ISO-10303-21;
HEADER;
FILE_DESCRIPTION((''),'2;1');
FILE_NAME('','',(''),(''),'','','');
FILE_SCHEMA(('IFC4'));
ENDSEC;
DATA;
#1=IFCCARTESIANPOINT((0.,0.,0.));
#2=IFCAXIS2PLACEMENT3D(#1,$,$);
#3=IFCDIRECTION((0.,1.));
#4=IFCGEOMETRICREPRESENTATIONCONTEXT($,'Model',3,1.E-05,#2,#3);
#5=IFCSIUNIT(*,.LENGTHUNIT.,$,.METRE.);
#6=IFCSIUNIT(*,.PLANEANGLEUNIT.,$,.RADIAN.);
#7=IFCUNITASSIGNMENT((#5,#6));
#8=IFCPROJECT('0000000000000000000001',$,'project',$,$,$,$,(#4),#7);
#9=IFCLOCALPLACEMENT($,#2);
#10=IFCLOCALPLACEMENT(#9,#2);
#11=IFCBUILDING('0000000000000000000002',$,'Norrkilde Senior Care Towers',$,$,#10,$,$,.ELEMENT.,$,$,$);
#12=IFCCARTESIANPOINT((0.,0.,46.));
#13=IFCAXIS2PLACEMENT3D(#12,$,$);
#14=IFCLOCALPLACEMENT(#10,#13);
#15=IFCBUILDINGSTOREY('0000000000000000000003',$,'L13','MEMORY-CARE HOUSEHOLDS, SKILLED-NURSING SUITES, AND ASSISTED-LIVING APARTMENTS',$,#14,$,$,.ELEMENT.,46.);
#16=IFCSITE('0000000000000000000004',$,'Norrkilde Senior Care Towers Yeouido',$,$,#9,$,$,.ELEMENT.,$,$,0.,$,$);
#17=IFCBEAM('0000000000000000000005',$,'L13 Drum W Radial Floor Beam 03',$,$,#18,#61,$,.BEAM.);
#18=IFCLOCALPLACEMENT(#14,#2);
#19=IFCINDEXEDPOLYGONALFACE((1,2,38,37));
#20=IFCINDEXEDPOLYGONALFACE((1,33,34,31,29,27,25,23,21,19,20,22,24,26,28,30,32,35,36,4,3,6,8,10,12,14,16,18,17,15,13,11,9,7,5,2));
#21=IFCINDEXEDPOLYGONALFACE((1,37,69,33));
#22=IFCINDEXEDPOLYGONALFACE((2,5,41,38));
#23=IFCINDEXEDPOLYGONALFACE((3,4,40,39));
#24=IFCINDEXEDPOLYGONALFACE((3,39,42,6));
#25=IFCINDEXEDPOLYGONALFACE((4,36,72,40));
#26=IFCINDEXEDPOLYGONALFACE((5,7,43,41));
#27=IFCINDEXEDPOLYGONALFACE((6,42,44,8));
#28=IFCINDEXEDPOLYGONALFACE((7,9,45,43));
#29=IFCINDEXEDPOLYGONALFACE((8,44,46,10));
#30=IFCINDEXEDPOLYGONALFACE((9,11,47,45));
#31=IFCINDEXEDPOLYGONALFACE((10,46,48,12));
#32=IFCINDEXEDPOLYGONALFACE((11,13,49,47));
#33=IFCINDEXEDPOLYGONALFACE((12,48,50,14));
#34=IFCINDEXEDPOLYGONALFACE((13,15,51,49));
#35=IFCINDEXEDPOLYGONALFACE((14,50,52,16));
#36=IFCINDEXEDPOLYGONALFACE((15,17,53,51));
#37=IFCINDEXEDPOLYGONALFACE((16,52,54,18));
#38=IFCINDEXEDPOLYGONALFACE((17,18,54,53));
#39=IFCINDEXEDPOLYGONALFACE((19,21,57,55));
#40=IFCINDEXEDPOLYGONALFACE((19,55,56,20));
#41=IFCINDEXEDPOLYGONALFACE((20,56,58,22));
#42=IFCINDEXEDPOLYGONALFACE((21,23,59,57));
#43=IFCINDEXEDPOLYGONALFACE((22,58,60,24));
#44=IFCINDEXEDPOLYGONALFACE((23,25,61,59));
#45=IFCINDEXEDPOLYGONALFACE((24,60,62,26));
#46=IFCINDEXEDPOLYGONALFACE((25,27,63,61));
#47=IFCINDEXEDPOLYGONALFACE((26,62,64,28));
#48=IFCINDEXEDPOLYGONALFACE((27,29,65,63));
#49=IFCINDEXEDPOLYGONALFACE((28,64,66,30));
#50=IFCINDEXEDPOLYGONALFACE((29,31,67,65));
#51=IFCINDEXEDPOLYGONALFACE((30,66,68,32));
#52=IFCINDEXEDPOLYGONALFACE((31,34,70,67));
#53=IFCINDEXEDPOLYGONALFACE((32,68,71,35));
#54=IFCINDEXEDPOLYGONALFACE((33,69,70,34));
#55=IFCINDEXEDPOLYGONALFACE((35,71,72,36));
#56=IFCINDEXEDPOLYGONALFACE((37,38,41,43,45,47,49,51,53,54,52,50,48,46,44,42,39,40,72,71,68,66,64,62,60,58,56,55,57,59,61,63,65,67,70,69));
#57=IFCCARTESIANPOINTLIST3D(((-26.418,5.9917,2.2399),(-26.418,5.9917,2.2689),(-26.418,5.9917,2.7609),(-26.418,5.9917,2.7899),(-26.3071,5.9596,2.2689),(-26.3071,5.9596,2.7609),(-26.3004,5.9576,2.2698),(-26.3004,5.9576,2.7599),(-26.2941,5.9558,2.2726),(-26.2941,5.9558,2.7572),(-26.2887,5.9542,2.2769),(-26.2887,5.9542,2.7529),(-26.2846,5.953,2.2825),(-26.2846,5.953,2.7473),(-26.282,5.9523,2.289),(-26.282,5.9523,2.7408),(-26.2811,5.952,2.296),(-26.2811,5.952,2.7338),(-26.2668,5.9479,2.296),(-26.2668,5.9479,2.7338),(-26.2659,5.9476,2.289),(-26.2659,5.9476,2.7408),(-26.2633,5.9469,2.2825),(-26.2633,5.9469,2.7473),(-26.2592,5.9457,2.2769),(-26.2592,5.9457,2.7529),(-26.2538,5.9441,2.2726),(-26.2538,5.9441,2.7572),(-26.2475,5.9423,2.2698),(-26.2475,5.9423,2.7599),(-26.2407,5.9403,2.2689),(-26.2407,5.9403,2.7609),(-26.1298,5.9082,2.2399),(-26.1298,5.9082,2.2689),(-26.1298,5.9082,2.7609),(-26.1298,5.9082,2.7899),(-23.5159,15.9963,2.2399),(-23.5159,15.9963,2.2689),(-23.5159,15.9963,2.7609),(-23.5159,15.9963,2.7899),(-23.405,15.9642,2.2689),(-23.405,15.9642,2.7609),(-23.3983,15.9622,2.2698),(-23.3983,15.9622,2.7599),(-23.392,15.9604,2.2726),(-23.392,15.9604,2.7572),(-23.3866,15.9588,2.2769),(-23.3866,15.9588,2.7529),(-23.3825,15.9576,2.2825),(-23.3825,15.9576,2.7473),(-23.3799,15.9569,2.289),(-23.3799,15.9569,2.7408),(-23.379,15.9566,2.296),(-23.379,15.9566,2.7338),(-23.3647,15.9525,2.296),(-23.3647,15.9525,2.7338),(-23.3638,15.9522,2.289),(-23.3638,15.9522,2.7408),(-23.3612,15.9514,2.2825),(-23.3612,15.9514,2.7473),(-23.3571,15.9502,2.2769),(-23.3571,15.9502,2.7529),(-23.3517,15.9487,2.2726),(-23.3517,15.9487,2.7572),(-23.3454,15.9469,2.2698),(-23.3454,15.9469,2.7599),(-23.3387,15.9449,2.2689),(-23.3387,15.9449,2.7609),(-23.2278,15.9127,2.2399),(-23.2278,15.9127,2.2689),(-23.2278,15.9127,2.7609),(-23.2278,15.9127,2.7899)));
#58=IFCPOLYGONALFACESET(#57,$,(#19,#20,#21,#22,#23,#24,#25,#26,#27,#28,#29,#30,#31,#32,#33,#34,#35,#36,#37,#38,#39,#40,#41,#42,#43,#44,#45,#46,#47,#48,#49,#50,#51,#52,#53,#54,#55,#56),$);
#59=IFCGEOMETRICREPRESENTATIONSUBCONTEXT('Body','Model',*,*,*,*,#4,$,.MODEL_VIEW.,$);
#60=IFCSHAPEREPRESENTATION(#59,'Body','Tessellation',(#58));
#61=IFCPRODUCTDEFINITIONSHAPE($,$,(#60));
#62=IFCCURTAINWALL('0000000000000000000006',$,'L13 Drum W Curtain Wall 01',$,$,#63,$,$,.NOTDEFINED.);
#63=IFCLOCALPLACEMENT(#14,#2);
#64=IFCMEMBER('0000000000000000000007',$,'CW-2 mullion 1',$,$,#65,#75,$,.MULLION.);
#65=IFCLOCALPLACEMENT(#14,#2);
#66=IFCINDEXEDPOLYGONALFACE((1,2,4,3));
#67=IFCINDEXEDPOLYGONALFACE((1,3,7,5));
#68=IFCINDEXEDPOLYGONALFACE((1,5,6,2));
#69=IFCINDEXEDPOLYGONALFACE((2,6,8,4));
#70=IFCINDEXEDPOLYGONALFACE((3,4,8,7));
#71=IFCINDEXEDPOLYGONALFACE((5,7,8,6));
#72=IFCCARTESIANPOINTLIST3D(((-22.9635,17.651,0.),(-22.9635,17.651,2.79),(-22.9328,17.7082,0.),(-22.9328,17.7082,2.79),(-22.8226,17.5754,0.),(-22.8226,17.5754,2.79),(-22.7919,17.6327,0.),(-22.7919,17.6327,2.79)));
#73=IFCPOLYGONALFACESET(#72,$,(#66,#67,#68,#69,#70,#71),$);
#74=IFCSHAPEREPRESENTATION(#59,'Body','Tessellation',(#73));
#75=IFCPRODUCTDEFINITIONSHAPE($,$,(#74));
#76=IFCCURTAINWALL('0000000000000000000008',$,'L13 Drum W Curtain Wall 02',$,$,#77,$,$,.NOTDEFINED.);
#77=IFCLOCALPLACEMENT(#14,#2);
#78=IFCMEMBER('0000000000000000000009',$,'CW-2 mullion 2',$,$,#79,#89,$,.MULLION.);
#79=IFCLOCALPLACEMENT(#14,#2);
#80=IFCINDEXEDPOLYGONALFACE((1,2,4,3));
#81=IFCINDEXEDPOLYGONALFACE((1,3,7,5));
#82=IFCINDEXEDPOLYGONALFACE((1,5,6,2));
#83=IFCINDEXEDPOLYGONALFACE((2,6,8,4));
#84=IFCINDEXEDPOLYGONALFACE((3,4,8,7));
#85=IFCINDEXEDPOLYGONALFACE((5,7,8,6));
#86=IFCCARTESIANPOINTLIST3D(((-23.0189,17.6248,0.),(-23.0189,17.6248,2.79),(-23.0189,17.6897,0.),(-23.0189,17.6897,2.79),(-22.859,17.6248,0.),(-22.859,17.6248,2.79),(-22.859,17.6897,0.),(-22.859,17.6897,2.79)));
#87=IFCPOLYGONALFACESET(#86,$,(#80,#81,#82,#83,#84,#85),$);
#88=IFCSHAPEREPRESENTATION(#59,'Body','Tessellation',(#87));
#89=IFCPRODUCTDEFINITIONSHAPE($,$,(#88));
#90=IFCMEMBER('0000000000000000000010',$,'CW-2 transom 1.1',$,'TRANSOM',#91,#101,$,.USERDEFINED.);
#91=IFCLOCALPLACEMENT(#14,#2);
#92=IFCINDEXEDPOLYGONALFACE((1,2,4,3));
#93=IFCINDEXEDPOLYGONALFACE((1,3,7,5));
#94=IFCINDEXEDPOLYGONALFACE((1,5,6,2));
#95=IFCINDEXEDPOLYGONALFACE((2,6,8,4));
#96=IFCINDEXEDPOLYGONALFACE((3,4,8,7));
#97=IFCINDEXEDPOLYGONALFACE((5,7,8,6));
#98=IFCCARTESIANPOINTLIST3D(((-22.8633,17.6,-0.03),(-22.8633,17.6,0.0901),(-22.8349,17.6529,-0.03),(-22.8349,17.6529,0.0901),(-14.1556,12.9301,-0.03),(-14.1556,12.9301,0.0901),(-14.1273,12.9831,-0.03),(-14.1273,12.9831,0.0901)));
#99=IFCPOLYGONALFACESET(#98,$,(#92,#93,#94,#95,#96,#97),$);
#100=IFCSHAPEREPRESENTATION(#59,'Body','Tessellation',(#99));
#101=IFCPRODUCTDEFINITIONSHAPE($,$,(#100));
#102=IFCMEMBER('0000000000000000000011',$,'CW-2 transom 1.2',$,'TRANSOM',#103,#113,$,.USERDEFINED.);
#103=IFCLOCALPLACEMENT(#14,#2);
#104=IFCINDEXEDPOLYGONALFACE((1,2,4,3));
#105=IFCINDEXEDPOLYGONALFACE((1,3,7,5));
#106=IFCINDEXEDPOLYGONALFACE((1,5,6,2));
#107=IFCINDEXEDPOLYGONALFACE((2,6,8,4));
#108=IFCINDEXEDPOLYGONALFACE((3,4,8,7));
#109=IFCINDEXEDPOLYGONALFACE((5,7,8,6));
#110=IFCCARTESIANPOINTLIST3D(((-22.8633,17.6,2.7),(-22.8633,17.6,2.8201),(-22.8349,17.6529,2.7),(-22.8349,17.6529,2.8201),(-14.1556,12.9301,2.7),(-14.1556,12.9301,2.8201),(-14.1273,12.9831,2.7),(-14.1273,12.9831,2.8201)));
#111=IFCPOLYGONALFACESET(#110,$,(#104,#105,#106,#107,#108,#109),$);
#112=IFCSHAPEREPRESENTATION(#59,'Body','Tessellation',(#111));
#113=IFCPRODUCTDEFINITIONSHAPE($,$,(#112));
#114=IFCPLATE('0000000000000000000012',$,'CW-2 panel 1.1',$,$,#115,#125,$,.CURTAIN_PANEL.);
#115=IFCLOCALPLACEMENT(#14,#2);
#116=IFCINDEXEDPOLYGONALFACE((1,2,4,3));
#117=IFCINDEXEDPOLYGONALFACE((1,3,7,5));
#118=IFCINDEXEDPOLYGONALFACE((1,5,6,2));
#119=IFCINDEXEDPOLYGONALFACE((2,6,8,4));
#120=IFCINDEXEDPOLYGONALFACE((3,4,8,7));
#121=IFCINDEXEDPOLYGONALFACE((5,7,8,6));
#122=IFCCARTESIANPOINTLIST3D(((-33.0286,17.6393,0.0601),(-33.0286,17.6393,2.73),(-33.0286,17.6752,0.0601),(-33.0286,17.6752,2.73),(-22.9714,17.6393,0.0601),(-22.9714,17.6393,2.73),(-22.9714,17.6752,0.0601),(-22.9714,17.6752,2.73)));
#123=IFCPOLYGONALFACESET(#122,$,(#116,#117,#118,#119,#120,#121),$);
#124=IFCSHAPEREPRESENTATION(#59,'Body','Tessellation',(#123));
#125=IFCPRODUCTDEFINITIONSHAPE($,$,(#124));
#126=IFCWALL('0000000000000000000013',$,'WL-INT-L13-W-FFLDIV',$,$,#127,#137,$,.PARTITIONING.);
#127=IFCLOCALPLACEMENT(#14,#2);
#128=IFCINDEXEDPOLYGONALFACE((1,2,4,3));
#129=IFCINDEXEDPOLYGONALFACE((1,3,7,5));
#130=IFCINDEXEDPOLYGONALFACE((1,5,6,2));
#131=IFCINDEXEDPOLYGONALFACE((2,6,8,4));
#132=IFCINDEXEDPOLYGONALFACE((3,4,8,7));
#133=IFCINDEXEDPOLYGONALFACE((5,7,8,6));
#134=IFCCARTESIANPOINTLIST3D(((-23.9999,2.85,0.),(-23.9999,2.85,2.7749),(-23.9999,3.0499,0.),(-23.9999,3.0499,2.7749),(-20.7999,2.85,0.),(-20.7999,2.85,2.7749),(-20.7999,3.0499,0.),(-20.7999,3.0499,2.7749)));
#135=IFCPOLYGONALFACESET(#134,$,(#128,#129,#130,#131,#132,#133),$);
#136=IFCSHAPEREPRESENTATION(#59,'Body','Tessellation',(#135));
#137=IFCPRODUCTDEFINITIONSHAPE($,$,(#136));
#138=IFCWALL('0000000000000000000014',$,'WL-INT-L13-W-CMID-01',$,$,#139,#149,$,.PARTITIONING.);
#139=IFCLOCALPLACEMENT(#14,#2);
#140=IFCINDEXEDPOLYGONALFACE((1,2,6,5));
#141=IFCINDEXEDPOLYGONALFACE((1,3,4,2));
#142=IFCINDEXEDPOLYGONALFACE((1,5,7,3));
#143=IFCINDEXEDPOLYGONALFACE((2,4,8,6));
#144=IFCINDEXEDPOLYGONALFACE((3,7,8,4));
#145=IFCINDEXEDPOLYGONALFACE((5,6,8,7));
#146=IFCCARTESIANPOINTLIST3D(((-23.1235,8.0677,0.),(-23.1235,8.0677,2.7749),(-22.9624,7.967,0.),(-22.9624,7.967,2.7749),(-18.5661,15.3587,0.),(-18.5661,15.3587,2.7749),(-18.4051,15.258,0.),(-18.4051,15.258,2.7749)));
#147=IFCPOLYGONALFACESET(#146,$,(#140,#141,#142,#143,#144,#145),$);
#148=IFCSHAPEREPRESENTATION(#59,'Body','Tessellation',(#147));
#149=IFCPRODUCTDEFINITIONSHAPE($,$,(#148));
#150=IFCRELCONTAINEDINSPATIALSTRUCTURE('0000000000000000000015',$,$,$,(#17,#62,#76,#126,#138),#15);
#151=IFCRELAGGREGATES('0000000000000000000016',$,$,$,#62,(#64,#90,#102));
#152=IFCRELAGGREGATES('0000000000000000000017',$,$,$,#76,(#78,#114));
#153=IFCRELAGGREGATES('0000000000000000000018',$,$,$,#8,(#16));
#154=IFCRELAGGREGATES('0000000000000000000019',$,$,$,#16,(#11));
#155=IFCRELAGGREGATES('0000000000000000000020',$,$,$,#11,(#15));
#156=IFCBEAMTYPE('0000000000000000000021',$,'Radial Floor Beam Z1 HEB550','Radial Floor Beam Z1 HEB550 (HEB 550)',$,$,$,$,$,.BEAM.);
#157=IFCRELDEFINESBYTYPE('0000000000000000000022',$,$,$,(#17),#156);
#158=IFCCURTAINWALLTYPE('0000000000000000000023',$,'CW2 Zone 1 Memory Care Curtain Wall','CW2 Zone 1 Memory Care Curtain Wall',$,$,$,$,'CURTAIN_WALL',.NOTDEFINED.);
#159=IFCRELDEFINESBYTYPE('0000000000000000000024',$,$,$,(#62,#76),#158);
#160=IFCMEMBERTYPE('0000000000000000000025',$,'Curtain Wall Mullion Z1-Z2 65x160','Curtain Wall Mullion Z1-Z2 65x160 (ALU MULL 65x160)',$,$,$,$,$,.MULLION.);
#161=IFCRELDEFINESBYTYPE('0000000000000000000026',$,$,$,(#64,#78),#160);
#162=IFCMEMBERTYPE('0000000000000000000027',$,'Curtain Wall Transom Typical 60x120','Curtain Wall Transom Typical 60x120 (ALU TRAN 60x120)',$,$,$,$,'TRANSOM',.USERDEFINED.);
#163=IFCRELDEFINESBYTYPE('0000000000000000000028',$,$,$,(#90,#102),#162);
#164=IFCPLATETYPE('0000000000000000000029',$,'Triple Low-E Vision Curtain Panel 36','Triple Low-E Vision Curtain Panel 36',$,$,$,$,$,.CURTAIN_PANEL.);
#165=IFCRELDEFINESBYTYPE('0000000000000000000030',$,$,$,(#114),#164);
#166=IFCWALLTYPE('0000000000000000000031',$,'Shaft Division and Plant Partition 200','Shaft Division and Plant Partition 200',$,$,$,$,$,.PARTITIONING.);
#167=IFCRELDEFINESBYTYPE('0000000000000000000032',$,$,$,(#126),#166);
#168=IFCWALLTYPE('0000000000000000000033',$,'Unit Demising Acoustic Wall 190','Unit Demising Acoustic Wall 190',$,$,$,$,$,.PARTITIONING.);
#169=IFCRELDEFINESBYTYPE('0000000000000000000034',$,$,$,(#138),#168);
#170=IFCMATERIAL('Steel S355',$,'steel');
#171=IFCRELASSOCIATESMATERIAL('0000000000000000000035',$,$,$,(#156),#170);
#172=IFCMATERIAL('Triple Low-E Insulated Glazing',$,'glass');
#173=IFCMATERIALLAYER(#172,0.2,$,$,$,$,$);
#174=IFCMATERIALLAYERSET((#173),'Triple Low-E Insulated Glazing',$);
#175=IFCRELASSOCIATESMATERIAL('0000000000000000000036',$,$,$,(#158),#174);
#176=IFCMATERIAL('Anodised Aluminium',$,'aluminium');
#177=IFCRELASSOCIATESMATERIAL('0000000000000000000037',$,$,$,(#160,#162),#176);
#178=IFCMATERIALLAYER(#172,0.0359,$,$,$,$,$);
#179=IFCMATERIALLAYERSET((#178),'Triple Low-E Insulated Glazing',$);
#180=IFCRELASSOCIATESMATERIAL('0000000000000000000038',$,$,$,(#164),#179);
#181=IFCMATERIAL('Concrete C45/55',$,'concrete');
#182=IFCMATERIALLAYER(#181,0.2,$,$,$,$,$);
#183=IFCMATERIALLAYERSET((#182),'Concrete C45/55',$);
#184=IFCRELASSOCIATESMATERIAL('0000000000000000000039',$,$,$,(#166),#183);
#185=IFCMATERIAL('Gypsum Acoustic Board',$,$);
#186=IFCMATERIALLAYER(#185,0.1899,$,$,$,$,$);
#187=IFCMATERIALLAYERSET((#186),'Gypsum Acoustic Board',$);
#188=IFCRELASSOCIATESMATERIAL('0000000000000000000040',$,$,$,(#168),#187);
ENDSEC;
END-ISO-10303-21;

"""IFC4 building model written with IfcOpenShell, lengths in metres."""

from ifc_helpers import new_model, si_unit, direction, frame, frame_2d, origin, origin_2d, place, context, subcontext, project, spatial, rectangle, i_section, extrude, source, transform, mapped, material, layer, layer_set, material_profile, profile_set, type_object, type_shapes, element, aggregate, save


model = new_model("IFC4")

# Units and contexts
model_context = context("Model", 3, precision=1e-05, world=origin(), true_north=direction((0.0, 1.0)))
body_context = subcontext(model_context, "Body", "Model", "MODEL_VIEW")
ifc_project = project(units=[si_unit("LENGTHUNIT", "METRE"), si_unit("PLANEANGLEUNIT", "RADIAN")], contexts=[model_context])

# Site, building, storey
site_placement = place(None, origin())
site = spatial("IfcSite", under=ifc_project, at=site_placement, Name="Norrkilde Senior Care Towers Yeouido", CompositionType="ELEMENT", RefElevation=0.0)
building_placement = place(site_placement, origin())
building = spatial("IfcBuilding", under=site, at=building_placement, Name="Norrkilde Senior Care Towers", CompositionType="ELEMENT")
storey_placement = place(building_placement, frame((0.0, 0.0, 46.0)))
storey = spatial("IfcBuildingStorey", under=building, at=storey_placement, Name="L13", Description="MEMORY-CARE HOUSEHOLDS, SKILLED-NURSING SUITES, AND ASSISTED-LIVING APARTMENTS", CompositionType="ELEMENT", Elevation=46.0)

# Beam
ifc_material_1 = material(Name="Steel S355", Category="steel")
ifc_material_profile_1 = material_profile(ifc_material_1, i_section(OverallWidth=0.3, OverallDepth=0.55, WebThickness=0.0149, FlangeThickness=0.0291, FilletRadius=0.0271, at=origin_2d()), Name="HEB 550")
ifc_profile_set_1 = profile_set([ifc_material_profile_1], Name="Steel S355")
beam_type_1 = type_object("IfcBeamType", Name="Radial Floor Beam Z1 HEB550", Description="Radial Floor Beam Z1 HEB550 (HEB 550)", PredefinedType="BEAM", material=ifc_profile_set_1)
shared_shape_1 = source(origin(), body_context, "Body", "SweptSolid", [
    extrude(i_section(OverallWidth=0.3, OverallDepth=0.55, WebThickness=0.0149, FlangeThickness=0.0291, FilletRadius=0.0271, at=origin_2d()), origin(), (0.0, 0.0, 1.0), 10.417),
])
beam_1_placement = place(storey_placement, frame((-26.2739, 5.95, 2.5149), z_axis=(0.278591, 0.96041, 0.0), x_axis=(-0.96041, 0.278591, 0.0)))
element("IfcBeam", 1, at=beam_1_placement, inside=storey, type_object=beam_type_1, Name="L13 Drum W Radial Floor Beam 03", PredefinedType="BEAM", context=body_context, shape_type="MappedRepresentation", body=[
    mapped(shared_shape_1, transform((0.0, 0.0, 0.0), x_axis=(1.0, 0.0, 0.0), y_axis=(0.0, 1.0, 0.0), z_axis=(0.0, 0.0, 1.0), scale=1.0)),
])

# Curtain walls, members
ifc_material_2 = material(Name="Triple Low-E Insulated Glazing", Category="glass")
ifc_layer_1 = layer(ifc_material_2, 0.2)
ifc_layer_set_1 = layer_set([ifc_layer_1], Name="Triple Low-E Insulated Glazing")
curtain_wall_type = type_object("IfcCurtainWallType", Name="CW2 Zone 1 Memory Care Curtain Wall", Description="CW2 Zone 1 Memory Care Curtain Wall", ElementType="CURTAIN_WALL", PredefinedType="NOTDEFINED", material=ifc_layer_set_1)
curtain_wall_1_placement = place(storey_placement, origin())
curtain_wall_1 = element("IfcCurtainWall", 2, at=curtain_wall_1_placement, inside=storey, type_object=curtain_wall_type, Name="L13 Drum W Curtain Wall 01", PredefinedType="NOTDEFINED")
ifc_material_3 = material(Name="Anodised Aluminium", Category="aluminium")
ifc_material_profile_2 = material_profile(ifc_material_3, rectangle(XDim=0.0649, YDim=0.1599, at=origin_2d()), Name="ALU MULL 65x160")
ifc_profile_set_2 = profile_set([ifc_material_profile_2], Name="Anodised Aluminium")
member_type_1 = type_object("IfcMemberType", Name="Curtain Wall Mullion Z1-Z2 65x160", Description="Curtain Wall Mullion Z1-Z2 65x160 (ALU MULL 65x160)", PredefinedType="MULLION", material=ifc_profile_set_2)
shared_shape_2 = source(origin(), body_context, "Body", "SweptSolid", [
    extrude(rectangle(XDim=0.0649, YDim=0.1599, at=origin_2d()), origin(), (0.0, 0.0, 1.0), 2.79),
])
type_shapes(member_type_1, [shared_shape_2])
member_1_placement = place(storey_placement, frame((-22.8777, 17.6418, 0.0), z_axis=(0.0, 0.0, 1.0), x_axis=(0.472608, 0.881273, 0.0)))
member_1 = element("IfcMember", 3, at=member_1_placement, type_object=member_type_1, Name="CW-2 mullion 1", PredefinedType="MULLION", context=body_context, shape_type="MappedRepresentation", body=[
    mapped(shared_shape_2, transform((0.0, 0.0, 0.0), x_axis=(1.0, 0.0, 0.0), y_axis=(0.0, 1.0, 0.0), z_axis=(0.0, 0.0, 1.0), scale=1.0)),
])
curtain_wall_2_placement = place(storey_placement, origin())
curtain_wall_2 = element("IfcCurtainWall", 4, at=curtain_wall_2_placement, inside=storey, type_object=curtain_wall_type, Name="L13 Drum W Curtain Wall 02", PredefinedType="NOTDEFINED")
member_2_placement = place(storey_placement, frame((-22.939, 17.6572, 0.0), z_axis=(0.0, 0.0, 1.0), x_axis=(0.0, 1.0, 0.0)))
member_2 = element("IfcMember", 5, at=member_2_placement, type_object=member_type_1, Name="CW-2 mullion 2", PredefinedType="MULLION", context=body_context, shape_type="MappedRepresentation", body=[
    mapped(shared_shape_2, transform((0.0, 0.0, 0.0), x_axis=(1.0, 0.0, 0.0), y_axis=(0.0, 1.0, 0.0), z_axis=(0.0, 0.0, 1.0), scale=1.0)),
])

# Members
ifc_material_profile_3 = material_profile(ifc_material_3, rectangle(XDim=0.0601, YDim=0.1201, at=origin_2d()), Name="ALU TRAN 60x120")
ifc_profile_set_3 = profile_set([ifc_material_profile_3], Name="Anodised Aluminium")
member_type_2 = type_object("IfcMemberType", Name="Curtain Wall Transom Typical 60x120", Description="Curtain Wall Transom Typical 60x120 (ALU TRAN 60x120)", ElementType="TRANSOM", PredefinedType="USERDEFINED", material=ifc_profile_set_3)
shared_shape_3 = source(origin(), body_context, "Body", "SweptSolid", [
    extrude(rectangle(XDim=0.0601, YDim=0.1201, at=origin_2d()), origin(), (0.0, 0.0, 1.0), 9.8809),
])
type_shapes(member_type_2, [shared_shape_3])
member_3_placement = place(storey_placement, frame((-22.8491, 17.6265, 0.03), z_axis=(0.881267, -0.472618, 0.0), x_axis=(0.472618, 0.881267, 0.0)))
member_3 = element("IfcMember", 6, at=member_3_placement, type_object=member_type_2, Name="CW-2 transom 1.1", ObjectType="TRANSOM", PredefinedType="USERDEFINED", context=body_context, shape_type="MappedRepresentation", body=[
    mapped(shared_shape_3, transform((0.0, 0.0, 0.0), x_axis=(1.0, 0.0, 0.0), y_axis=(0.0, 1.0, 0.0), z_axis=(0.0, 0.0, 1.0), scale=1.0)),
])
member_4_placement = place(storey_placement, frame((-22.8491, 17.6265, 2.76), z_axis=(0.881267, -0.472618, 0.0), x_axis=(0.472618, 0.881267, 0.0)))
member_4 = element("IfcMember", 7, at=member_4_placement, type_object=member_type_2, Name="CW-2 transom 1.2", ObjectType="TRANSOM", PredefinedType="USERDEFINED", context=body_context, shape_type="MappedRepresentation", body=[
    mapped(shared_shape_3, transform((0.0, 0.0, 0.0), x_axis=(1.0, 0.0, 0.0), y_axis=(0.0, 1.0, 0.0), z_axis=(0.0, 0.0, 1.0), scale=1.0)),
])
aggregate(curtain_wall_1, [member_1, member_3, member_4])

# Plate
ifc_layer_2 = layer(ifc_material_2, 0.0359)
ifc_layer_set_2 = layer_set([ifc_layer_2], Name="Triple Low-E Insulated Glazing")
plate_type = type_object("IfcPlateType", Name="Triple Low-E Vision Curtain Panel 36", Description="Triple Low-E Vision Curtain Panel 36", PredefinedType="CURTAIN_PANEL", material=ifc_layer_set_2)
shared_shape_4 = source(origin(), body_context, "Body", "SweptSolid", [
    extrude(rectangle(XDim=10.0571, YDim=0.0359, at=origin_2d()), origin(), (0.0, 0.0, 1.0), 2.6699),
])
type_shapes(plate_type, [shared_shape_4])
plate_placement = place(storey_placement, frame((-28.0, 17.6572, 0.0601), z_axis=(0.0, 0.0, 1.0), x_axis=(1.0, 0.0, 0.0)))
plate = element("IfcPlate", 8, at=plate_placement, type_object=plate_type, Name="CW-2 panel 1.1", PredefinedType="CURTAIN_PANEL", context=body_context, shape_type="MappedRepresentation", body=[
    mapped(shared_shape_4, transform((0.0, 0.0, 0.0), x_axis=(1.0, 0.0, 0.0), y_axis=(0.0, 1.0, 0.0), z_axis=(0.0, 0.0, 1.0), scale=1.0)),
])
aggregate(curtain_wall_2, [member_2, plate])

# Walls
ifc_material_4 = material(Name="Concrete C45/55", Category="concrete")
ifc_layer_3 = layer(ifc_material_4, 0.2)
ifc_layer_set_3 = layer_set([ifc_layer_3], Name="Concrete C45/55")
wall_type_1 = type_object("IfcWallType", Name="Shaft Division and Plant Partition 200", Description="Shaft Division and Plant Partition 200", PredefinedType="PARTITIONING", material=ifc_layer_set_3)
shared_shape_5 = source(origin(), body_context, "Body", "SweptSolid", [
    extrude(rectangle(XDim=3.2, YDim=0.2, at=frame_2d((1.6001, 0.0))), origin(), (0.0, 0.0, 1.0), 2.7749),
])
type_shapes(wall_type_1, [shared_shape_5])
wall_1_placement = place(storey_placement, frame((-24.0, 2.95, 0.0), z_axis=(0.0, 0.0, 1.0), x_axis=(1.0, 0.0, 0.0)))
element("IfcWall", 9, at=wall_1_placement, inside=storey, type_object=wall_type_1, Name="WL-INT-L13-W-FFLDIV", PredefinedType="PARTITIONING", context=body_context, shape_type="MappedRepresentation", body=[
    mapped(shared_shape_5, transform((0.0, 0.0, 0.0), x_axis=(1.0, 0.0, 0.0), y_axis=(0.0, 1.0, 0.0), z_axis=(0.0, 0.0, 1.0), scale=1.0)),
])
ifc_material_5 = material(Name="Gypsum Acoustic Board")
ifc_layer_4 = layer(ifc_material_5, 0.1899)
ifc_layer_set_4 = layer_set([ifc_layer_4], Name="Gypsum Acoustic Board")
wall_type_2 = type_object("IfcWallType", Name="Unit Demising Acoustic Wall 190", Description="Unit Demising Acoustic Wall 190", PredefinedType="PARTITIONING", material=ifc_layer_set_4)
shared_shape_6 = source(origin(), body_context, "Body", "SweptSolid", [
    extrude(rectangle(XDim=8.5981, YDim=0.1899, at=frame_2d((4.2991, 0.0))), origin(), (0.0, 0.0, 1.0), 2.7749),
])
wall_2_placement = place(storey_placement, frame((-23.043, 8.0173, 0.0), z_axis=(0.0, 0.0, 1.0), x_axis=(0.53004, 0.847973, 0.0)))
element("IfcWall", 10, at=wall_2_placement, inside=storey, type_object=wall_type_2, Name="WL-INT-L13-W-CMID-01", PredefinedType="PARTITIONING", context=body_context, shape_type="MappedRepresentation", body=[
    mapped(shared_shape_6, transform((0.0, 0.0, 0.0), x_axis=(1.0, 0.0, 0.0), y_axis=(0.0, 1.0, 0.0), z_axis=(0.0, 0.0, 1.0), scale=1.0)),
])

save(model, "model.ifc")
